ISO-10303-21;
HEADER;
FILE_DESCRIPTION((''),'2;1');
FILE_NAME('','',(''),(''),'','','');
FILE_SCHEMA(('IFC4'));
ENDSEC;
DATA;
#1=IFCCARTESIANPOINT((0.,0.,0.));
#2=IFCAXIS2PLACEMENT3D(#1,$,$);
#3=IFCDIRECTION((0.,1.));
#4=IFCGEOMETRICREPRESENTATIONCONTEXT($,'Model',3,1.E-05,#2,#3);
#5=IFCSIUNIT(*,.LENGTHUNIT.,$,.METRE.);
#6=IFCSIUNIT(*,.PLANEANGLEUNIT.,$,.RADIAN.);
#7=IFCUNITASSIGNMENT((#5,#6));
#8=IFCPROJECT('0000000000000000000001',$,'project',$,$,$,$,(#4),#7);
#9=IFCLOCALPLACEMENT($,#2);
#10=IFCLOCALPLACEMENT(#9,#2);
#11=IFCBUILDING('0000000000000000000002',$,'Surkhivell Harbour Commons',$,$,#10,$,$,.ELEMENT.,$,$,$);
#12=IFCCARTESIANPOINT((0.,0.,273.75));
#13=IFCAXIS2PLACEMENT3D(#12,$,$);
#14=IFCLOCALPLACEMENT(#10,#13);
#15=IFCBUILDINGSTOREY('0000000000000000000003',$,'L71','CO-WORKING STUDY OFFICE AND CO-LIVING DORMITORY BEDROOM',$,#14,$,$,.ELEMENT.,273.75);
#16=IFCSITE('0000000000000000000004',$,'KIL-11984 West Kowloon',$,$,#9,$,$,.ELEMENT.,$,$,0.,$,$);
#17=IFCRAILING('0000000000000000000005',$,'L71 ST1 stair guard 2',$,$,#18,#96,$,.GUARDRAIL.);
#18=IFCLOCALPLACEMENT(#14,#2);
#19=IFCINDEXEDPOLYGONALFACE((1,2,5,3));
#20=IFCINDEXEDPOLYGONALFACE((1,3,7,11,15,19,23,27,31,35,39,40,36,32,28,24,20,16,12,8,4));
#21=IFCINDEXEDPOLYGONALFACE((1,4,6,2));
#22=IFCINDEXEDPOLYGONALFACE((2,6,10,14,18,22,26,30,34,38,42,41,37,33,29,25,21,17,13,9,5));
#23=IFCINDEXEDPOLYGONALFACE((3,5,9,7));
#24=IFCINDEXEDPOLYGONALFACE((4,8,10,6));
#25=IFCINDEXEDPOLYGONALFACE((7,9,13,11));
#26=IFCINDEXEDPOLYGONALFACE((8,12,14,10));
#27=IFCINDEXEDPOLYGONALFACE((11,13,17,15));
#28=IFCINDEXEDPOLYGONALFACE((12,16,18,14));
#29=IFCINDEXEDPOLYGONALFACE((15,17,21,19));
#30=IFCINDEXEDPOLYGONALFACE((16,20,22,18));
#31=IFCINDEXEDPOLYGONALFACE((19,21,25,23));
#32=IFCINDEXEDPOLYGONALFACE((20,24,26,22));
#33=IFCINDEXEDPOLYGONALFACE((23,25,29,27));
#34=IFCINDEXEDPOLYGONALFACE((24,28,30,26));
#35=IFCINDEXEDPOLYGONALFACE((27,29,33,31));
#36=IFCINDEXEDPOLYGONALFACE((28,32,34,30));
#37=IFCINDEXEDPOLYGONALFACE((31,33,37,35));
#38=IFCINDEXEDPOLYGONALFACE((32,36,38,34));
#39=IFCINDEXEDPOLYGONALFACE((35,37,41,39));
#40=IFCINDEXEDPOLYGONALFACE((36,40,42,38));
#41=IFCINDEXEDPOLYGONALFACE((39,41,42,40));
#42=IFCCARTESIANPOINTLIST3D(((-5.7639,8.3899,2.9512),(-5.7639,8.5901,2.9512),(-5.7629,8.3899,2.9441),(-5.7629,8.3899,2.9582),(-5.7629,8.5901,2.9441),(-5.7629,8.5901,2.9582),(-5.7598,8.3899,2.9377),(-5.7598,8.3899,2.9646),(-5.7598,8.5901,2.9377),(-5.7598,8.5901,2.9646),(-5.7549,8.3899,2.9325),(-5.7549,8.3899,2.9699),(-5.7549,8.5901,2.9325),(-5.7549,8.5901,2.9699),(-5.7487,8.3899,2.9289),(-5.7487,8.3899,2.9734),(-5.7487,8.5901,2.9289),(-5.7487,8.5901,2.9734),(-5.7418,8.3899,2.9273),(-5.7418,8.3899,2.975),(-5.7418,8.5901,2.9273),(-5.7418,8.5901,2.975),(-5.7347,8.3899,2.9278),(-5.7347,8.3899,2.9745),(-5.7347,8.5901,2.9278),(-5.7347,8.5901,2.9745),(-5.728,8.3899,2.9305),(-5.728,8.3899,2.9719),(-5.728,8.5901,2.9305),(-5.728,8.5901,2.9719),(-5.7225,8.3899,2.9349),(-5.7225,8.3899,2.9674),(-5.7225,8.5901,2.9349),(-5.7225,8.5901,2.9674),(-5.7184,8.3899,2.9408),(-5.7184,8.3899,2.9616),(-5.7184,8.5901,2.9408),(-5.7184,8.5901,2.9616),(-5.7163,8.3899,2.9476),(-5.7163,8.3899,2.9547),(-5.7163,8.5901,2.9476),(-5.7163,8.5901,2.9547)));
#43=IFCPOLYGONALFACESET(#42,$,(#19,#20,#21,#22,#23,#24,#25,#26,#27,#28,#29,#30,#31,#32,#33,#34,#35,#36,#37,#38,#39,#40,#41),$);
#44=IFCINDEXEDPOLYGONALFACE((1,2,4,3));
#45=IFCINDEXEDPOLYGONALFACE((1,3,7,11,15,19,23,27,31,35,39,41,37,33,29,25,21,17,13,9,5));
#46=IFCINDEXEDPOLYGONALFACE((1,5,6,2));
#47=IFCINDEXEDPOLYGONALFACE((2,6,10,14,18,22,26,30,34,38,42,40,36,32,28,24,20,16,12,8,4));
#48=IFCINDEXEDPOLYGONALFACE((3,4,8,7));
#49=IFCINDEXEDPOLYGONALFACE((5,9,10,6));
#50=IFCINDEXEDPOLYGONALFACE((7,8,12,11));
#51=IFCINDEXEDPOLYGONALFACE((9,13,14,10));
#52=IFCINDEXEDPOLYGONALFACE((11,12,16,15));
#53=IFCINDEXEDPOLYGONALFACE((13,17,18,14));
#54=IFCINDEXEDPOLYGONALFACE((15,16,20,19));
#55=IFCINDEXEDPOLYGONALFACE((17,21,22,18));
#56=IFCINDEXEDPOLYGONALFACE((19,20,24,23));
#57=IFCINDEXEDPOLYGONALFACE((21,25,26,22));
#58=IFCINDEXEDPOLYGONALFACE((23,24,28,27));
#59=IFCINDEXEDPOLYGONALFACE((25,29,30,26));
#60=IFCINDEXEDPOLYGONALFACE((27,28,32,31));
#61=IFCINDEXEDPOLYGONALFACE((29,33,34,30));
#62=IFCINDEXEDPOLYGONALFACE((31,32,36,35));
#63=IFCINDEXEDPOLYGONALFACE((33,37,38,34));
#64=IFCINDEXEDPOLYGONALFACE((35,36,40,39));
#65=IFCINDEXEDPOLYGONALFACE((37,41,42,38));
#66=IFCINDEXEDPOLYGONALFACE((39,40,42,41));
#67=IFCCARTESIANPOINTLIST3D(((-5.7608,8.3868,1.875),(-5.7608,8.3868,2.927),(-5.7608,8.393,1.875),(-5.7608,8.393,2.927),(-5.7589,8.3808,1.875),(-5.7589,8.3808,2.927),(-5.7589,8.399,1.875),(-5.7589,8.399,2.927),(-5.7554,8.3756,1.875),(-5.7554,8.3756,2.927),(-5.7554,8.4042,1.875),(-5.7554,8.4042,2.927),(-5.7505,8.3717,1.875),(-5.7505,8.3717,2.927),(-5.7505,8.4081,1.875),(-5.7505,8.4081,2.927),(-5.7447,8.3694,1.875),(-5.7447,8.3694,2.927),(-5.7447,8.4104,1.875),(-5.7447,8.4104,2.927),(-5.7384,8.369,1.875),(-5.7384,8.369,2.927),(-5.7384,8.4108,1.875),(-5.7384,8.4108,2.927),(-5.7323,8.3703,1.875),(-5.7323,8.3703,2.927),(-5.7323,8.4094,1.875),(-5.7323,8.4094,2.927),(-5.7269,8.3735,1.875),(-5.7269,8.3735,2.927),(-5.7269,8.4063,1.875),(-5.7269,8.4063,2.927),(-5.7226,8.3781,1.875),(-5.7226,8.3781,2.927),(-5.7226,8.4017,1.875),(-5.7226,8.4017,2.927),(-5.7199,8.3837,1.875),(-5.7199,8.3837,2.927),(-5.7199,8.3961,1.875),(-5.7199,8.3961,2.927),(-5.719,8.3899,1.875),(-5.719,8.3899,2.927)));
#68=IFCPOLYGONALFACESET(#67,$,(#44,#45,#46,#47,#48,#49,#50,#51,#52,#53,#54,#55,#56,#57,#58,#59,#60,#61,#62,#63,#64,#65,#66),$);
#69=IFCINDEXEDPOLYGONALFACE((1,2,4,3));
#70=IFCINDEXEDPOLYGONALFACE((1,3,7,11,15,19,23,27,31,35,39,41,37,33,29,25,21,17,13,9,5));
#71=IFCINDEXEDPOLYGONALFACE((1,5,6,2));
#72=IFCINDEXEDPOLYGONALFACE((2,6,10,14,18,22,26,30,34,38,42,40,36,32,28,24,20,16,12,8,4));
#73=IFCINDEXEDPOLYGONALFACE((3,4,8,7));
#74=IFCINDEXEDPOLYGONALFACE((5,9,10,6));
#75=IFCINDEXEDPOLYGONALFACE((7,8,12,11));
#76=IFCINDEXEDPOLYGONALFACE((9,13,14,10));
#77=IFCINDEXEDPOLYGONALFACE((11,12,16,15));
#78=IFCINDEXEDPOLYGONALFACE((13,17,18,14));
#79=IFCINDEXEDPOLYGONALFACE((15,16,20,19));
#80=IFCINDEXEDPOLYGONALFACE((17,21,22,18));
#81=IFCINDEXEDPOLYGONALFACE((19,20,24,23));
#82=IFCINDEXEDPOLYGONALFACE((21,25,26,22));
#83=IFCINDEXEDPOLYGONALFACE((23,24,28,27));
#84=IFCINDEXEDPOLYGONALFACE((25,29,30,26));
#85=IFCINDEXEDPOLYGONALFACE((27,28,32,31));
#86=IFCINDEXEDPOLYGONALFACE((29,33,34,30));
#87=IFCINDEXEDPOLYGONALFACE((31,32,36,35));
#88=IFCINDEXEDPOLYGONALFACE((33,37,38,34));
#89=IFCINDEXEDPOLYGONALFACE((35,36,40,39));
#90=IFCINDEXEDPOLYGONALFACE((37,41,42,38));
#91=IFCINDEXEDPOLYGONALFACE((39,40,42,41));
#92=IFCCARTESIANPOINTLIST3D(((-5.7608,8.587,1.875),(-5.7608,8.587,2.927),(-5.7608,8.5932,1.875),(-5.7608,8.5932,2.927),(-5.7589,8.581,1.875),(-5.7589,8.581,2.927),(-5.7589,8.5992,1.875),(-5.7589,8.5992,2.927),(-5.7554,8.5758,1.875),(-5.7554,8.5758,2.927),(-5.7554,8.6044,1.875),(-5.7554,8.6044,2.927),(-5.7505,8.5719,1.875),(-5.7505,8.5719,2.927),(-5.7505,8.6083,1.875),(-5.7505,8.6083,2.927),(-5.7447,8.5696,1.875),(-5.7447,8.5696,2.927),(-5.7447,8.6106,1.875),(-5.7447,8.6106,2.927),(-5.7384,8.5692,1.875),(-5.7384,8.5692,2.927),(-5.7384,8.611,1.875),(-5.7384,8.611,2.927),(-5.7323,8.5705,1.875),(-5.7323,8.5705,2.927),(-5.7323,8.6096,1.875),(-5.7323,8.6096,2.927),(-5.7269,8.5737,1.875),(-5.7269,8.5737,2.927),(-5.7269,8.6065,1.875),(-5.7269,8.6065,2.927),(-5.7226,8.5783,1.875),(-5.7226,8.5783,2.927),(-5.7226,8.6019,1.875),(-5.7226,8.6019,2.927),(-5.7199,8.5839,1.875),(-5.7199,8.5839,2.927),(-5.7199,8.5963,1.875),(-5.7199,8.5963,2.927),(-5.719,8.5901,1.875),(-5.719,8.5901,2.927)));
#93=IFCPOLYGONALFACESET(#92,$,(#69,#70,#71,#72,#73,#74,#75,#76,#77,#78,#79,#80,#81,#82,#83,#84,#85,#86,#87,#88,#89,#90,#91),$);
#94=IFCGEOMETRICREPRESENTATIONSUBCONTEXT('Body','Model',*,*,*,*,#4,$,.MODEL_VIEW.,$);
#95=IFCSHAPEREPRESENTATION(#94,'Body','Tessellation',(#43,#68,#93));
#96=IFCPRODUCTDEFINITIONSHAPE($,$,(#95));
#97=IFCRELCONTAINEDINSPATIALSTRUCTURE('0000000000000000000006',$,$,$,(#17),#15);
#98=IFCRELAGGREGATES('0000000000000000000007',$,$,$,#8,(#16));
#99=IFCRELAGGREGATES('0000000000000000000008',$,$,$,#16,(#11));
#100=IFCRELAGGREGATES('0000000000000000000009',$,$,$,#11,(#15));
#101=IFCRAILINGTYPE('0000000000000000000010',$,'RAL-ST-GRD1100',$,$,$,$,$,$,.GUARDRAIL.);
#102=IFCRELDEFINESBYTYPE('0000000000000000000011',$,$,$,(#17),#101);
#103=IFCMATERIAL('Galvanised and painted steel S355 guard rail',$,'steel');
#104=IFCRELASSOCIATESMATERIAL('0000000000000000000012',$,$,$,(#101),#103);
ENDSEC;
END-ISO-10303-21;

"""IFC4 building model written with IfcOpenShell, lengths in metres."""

from ifc_helpers import new_model, si_unit, direction, frame, origin, origin_2d, place, context, subcontext, project, spatial, circle, extrude, material, type_object, element, save


model = new_model("IFC4")

# Units and contexts
model_context = context("Model", 3, precision=1e-05, world=origin(), true_north=direction((0.0, 1.0)))
body_context = subcontext(model_context, "Body", "Model", "MODEL_VIEW")
ifc_project = project(units=[si_unit("LENGTHUNIT", "METRE"), si_unit("PLANEANGLEUNIT", "RADIAN")], contexts=[model_context])

# Site, building, storey
site_placement = place(None, origin())
site = spatial("IfcSite", under=ifc_project, at=site_placement, Name="KIL-11984 West Kowloon", CompositionType="ELEMENT", RefElevation=0.0)
building_placement = place(site_placement, origin())
building = spatial("IfcBuilding", under=site, at=building_placement, Name="Surkhivell Harbour Commons", CompositionType="ELEMENT")
storey_placement = place(building_placement, frame((0.0, 0.0, 273.75)))
storey = spatial("IfcBuildingStorey", under=building, at=storey_placement, Name="L71", Description="CO-WORKING STUDY OFFICE AND CO-LIVING DORMITORY BEDROOM", CompositionType="ELEMENT", Elevation=273.75)

# Railing
ifc_material_1 = material(Name="Galvanised and painted steel S355 guard rail", Category="steel")
railing_type_1 = type_object("IfcRailingType", Name="RAL-ST-GRD1100", PredefinedType="GUARDRAIL", material=ifc_material_1)
railing_1_placement = place(storey_placement, frame((-5.74, 8.3899, 1.875)))
element("IfcRailing", 1, at=railing_1_placement, inside=storey, type_object=railing_type_1, Name="L71 ST1 stair guard 2", PredefinedType="GUARDRAIL", context=body_context, shape_type="SweptSolid", body=[
    extrude(circle(Radius=0.0239, at=origin_2d()), frame((0.0, 0.0, 1.0762), z_axis=(0.0, 1.0, 0.0), x_axis=(-1.0, 0.0, 0.0)), (0.0, 0.0, 1.0), 0.2002),
    extrude(circle(Radius=0.021, at=origin_2d()), origin(), (0.0, 0.0, 1.0), 1.052),
    extrude(circle(Radius=0.021, at=origin_2d()), frame((0.0, 0.2002, 0.0)), (0.0, 0.0, 1.0), 1.052),
])

save(model, "model.ifc")
